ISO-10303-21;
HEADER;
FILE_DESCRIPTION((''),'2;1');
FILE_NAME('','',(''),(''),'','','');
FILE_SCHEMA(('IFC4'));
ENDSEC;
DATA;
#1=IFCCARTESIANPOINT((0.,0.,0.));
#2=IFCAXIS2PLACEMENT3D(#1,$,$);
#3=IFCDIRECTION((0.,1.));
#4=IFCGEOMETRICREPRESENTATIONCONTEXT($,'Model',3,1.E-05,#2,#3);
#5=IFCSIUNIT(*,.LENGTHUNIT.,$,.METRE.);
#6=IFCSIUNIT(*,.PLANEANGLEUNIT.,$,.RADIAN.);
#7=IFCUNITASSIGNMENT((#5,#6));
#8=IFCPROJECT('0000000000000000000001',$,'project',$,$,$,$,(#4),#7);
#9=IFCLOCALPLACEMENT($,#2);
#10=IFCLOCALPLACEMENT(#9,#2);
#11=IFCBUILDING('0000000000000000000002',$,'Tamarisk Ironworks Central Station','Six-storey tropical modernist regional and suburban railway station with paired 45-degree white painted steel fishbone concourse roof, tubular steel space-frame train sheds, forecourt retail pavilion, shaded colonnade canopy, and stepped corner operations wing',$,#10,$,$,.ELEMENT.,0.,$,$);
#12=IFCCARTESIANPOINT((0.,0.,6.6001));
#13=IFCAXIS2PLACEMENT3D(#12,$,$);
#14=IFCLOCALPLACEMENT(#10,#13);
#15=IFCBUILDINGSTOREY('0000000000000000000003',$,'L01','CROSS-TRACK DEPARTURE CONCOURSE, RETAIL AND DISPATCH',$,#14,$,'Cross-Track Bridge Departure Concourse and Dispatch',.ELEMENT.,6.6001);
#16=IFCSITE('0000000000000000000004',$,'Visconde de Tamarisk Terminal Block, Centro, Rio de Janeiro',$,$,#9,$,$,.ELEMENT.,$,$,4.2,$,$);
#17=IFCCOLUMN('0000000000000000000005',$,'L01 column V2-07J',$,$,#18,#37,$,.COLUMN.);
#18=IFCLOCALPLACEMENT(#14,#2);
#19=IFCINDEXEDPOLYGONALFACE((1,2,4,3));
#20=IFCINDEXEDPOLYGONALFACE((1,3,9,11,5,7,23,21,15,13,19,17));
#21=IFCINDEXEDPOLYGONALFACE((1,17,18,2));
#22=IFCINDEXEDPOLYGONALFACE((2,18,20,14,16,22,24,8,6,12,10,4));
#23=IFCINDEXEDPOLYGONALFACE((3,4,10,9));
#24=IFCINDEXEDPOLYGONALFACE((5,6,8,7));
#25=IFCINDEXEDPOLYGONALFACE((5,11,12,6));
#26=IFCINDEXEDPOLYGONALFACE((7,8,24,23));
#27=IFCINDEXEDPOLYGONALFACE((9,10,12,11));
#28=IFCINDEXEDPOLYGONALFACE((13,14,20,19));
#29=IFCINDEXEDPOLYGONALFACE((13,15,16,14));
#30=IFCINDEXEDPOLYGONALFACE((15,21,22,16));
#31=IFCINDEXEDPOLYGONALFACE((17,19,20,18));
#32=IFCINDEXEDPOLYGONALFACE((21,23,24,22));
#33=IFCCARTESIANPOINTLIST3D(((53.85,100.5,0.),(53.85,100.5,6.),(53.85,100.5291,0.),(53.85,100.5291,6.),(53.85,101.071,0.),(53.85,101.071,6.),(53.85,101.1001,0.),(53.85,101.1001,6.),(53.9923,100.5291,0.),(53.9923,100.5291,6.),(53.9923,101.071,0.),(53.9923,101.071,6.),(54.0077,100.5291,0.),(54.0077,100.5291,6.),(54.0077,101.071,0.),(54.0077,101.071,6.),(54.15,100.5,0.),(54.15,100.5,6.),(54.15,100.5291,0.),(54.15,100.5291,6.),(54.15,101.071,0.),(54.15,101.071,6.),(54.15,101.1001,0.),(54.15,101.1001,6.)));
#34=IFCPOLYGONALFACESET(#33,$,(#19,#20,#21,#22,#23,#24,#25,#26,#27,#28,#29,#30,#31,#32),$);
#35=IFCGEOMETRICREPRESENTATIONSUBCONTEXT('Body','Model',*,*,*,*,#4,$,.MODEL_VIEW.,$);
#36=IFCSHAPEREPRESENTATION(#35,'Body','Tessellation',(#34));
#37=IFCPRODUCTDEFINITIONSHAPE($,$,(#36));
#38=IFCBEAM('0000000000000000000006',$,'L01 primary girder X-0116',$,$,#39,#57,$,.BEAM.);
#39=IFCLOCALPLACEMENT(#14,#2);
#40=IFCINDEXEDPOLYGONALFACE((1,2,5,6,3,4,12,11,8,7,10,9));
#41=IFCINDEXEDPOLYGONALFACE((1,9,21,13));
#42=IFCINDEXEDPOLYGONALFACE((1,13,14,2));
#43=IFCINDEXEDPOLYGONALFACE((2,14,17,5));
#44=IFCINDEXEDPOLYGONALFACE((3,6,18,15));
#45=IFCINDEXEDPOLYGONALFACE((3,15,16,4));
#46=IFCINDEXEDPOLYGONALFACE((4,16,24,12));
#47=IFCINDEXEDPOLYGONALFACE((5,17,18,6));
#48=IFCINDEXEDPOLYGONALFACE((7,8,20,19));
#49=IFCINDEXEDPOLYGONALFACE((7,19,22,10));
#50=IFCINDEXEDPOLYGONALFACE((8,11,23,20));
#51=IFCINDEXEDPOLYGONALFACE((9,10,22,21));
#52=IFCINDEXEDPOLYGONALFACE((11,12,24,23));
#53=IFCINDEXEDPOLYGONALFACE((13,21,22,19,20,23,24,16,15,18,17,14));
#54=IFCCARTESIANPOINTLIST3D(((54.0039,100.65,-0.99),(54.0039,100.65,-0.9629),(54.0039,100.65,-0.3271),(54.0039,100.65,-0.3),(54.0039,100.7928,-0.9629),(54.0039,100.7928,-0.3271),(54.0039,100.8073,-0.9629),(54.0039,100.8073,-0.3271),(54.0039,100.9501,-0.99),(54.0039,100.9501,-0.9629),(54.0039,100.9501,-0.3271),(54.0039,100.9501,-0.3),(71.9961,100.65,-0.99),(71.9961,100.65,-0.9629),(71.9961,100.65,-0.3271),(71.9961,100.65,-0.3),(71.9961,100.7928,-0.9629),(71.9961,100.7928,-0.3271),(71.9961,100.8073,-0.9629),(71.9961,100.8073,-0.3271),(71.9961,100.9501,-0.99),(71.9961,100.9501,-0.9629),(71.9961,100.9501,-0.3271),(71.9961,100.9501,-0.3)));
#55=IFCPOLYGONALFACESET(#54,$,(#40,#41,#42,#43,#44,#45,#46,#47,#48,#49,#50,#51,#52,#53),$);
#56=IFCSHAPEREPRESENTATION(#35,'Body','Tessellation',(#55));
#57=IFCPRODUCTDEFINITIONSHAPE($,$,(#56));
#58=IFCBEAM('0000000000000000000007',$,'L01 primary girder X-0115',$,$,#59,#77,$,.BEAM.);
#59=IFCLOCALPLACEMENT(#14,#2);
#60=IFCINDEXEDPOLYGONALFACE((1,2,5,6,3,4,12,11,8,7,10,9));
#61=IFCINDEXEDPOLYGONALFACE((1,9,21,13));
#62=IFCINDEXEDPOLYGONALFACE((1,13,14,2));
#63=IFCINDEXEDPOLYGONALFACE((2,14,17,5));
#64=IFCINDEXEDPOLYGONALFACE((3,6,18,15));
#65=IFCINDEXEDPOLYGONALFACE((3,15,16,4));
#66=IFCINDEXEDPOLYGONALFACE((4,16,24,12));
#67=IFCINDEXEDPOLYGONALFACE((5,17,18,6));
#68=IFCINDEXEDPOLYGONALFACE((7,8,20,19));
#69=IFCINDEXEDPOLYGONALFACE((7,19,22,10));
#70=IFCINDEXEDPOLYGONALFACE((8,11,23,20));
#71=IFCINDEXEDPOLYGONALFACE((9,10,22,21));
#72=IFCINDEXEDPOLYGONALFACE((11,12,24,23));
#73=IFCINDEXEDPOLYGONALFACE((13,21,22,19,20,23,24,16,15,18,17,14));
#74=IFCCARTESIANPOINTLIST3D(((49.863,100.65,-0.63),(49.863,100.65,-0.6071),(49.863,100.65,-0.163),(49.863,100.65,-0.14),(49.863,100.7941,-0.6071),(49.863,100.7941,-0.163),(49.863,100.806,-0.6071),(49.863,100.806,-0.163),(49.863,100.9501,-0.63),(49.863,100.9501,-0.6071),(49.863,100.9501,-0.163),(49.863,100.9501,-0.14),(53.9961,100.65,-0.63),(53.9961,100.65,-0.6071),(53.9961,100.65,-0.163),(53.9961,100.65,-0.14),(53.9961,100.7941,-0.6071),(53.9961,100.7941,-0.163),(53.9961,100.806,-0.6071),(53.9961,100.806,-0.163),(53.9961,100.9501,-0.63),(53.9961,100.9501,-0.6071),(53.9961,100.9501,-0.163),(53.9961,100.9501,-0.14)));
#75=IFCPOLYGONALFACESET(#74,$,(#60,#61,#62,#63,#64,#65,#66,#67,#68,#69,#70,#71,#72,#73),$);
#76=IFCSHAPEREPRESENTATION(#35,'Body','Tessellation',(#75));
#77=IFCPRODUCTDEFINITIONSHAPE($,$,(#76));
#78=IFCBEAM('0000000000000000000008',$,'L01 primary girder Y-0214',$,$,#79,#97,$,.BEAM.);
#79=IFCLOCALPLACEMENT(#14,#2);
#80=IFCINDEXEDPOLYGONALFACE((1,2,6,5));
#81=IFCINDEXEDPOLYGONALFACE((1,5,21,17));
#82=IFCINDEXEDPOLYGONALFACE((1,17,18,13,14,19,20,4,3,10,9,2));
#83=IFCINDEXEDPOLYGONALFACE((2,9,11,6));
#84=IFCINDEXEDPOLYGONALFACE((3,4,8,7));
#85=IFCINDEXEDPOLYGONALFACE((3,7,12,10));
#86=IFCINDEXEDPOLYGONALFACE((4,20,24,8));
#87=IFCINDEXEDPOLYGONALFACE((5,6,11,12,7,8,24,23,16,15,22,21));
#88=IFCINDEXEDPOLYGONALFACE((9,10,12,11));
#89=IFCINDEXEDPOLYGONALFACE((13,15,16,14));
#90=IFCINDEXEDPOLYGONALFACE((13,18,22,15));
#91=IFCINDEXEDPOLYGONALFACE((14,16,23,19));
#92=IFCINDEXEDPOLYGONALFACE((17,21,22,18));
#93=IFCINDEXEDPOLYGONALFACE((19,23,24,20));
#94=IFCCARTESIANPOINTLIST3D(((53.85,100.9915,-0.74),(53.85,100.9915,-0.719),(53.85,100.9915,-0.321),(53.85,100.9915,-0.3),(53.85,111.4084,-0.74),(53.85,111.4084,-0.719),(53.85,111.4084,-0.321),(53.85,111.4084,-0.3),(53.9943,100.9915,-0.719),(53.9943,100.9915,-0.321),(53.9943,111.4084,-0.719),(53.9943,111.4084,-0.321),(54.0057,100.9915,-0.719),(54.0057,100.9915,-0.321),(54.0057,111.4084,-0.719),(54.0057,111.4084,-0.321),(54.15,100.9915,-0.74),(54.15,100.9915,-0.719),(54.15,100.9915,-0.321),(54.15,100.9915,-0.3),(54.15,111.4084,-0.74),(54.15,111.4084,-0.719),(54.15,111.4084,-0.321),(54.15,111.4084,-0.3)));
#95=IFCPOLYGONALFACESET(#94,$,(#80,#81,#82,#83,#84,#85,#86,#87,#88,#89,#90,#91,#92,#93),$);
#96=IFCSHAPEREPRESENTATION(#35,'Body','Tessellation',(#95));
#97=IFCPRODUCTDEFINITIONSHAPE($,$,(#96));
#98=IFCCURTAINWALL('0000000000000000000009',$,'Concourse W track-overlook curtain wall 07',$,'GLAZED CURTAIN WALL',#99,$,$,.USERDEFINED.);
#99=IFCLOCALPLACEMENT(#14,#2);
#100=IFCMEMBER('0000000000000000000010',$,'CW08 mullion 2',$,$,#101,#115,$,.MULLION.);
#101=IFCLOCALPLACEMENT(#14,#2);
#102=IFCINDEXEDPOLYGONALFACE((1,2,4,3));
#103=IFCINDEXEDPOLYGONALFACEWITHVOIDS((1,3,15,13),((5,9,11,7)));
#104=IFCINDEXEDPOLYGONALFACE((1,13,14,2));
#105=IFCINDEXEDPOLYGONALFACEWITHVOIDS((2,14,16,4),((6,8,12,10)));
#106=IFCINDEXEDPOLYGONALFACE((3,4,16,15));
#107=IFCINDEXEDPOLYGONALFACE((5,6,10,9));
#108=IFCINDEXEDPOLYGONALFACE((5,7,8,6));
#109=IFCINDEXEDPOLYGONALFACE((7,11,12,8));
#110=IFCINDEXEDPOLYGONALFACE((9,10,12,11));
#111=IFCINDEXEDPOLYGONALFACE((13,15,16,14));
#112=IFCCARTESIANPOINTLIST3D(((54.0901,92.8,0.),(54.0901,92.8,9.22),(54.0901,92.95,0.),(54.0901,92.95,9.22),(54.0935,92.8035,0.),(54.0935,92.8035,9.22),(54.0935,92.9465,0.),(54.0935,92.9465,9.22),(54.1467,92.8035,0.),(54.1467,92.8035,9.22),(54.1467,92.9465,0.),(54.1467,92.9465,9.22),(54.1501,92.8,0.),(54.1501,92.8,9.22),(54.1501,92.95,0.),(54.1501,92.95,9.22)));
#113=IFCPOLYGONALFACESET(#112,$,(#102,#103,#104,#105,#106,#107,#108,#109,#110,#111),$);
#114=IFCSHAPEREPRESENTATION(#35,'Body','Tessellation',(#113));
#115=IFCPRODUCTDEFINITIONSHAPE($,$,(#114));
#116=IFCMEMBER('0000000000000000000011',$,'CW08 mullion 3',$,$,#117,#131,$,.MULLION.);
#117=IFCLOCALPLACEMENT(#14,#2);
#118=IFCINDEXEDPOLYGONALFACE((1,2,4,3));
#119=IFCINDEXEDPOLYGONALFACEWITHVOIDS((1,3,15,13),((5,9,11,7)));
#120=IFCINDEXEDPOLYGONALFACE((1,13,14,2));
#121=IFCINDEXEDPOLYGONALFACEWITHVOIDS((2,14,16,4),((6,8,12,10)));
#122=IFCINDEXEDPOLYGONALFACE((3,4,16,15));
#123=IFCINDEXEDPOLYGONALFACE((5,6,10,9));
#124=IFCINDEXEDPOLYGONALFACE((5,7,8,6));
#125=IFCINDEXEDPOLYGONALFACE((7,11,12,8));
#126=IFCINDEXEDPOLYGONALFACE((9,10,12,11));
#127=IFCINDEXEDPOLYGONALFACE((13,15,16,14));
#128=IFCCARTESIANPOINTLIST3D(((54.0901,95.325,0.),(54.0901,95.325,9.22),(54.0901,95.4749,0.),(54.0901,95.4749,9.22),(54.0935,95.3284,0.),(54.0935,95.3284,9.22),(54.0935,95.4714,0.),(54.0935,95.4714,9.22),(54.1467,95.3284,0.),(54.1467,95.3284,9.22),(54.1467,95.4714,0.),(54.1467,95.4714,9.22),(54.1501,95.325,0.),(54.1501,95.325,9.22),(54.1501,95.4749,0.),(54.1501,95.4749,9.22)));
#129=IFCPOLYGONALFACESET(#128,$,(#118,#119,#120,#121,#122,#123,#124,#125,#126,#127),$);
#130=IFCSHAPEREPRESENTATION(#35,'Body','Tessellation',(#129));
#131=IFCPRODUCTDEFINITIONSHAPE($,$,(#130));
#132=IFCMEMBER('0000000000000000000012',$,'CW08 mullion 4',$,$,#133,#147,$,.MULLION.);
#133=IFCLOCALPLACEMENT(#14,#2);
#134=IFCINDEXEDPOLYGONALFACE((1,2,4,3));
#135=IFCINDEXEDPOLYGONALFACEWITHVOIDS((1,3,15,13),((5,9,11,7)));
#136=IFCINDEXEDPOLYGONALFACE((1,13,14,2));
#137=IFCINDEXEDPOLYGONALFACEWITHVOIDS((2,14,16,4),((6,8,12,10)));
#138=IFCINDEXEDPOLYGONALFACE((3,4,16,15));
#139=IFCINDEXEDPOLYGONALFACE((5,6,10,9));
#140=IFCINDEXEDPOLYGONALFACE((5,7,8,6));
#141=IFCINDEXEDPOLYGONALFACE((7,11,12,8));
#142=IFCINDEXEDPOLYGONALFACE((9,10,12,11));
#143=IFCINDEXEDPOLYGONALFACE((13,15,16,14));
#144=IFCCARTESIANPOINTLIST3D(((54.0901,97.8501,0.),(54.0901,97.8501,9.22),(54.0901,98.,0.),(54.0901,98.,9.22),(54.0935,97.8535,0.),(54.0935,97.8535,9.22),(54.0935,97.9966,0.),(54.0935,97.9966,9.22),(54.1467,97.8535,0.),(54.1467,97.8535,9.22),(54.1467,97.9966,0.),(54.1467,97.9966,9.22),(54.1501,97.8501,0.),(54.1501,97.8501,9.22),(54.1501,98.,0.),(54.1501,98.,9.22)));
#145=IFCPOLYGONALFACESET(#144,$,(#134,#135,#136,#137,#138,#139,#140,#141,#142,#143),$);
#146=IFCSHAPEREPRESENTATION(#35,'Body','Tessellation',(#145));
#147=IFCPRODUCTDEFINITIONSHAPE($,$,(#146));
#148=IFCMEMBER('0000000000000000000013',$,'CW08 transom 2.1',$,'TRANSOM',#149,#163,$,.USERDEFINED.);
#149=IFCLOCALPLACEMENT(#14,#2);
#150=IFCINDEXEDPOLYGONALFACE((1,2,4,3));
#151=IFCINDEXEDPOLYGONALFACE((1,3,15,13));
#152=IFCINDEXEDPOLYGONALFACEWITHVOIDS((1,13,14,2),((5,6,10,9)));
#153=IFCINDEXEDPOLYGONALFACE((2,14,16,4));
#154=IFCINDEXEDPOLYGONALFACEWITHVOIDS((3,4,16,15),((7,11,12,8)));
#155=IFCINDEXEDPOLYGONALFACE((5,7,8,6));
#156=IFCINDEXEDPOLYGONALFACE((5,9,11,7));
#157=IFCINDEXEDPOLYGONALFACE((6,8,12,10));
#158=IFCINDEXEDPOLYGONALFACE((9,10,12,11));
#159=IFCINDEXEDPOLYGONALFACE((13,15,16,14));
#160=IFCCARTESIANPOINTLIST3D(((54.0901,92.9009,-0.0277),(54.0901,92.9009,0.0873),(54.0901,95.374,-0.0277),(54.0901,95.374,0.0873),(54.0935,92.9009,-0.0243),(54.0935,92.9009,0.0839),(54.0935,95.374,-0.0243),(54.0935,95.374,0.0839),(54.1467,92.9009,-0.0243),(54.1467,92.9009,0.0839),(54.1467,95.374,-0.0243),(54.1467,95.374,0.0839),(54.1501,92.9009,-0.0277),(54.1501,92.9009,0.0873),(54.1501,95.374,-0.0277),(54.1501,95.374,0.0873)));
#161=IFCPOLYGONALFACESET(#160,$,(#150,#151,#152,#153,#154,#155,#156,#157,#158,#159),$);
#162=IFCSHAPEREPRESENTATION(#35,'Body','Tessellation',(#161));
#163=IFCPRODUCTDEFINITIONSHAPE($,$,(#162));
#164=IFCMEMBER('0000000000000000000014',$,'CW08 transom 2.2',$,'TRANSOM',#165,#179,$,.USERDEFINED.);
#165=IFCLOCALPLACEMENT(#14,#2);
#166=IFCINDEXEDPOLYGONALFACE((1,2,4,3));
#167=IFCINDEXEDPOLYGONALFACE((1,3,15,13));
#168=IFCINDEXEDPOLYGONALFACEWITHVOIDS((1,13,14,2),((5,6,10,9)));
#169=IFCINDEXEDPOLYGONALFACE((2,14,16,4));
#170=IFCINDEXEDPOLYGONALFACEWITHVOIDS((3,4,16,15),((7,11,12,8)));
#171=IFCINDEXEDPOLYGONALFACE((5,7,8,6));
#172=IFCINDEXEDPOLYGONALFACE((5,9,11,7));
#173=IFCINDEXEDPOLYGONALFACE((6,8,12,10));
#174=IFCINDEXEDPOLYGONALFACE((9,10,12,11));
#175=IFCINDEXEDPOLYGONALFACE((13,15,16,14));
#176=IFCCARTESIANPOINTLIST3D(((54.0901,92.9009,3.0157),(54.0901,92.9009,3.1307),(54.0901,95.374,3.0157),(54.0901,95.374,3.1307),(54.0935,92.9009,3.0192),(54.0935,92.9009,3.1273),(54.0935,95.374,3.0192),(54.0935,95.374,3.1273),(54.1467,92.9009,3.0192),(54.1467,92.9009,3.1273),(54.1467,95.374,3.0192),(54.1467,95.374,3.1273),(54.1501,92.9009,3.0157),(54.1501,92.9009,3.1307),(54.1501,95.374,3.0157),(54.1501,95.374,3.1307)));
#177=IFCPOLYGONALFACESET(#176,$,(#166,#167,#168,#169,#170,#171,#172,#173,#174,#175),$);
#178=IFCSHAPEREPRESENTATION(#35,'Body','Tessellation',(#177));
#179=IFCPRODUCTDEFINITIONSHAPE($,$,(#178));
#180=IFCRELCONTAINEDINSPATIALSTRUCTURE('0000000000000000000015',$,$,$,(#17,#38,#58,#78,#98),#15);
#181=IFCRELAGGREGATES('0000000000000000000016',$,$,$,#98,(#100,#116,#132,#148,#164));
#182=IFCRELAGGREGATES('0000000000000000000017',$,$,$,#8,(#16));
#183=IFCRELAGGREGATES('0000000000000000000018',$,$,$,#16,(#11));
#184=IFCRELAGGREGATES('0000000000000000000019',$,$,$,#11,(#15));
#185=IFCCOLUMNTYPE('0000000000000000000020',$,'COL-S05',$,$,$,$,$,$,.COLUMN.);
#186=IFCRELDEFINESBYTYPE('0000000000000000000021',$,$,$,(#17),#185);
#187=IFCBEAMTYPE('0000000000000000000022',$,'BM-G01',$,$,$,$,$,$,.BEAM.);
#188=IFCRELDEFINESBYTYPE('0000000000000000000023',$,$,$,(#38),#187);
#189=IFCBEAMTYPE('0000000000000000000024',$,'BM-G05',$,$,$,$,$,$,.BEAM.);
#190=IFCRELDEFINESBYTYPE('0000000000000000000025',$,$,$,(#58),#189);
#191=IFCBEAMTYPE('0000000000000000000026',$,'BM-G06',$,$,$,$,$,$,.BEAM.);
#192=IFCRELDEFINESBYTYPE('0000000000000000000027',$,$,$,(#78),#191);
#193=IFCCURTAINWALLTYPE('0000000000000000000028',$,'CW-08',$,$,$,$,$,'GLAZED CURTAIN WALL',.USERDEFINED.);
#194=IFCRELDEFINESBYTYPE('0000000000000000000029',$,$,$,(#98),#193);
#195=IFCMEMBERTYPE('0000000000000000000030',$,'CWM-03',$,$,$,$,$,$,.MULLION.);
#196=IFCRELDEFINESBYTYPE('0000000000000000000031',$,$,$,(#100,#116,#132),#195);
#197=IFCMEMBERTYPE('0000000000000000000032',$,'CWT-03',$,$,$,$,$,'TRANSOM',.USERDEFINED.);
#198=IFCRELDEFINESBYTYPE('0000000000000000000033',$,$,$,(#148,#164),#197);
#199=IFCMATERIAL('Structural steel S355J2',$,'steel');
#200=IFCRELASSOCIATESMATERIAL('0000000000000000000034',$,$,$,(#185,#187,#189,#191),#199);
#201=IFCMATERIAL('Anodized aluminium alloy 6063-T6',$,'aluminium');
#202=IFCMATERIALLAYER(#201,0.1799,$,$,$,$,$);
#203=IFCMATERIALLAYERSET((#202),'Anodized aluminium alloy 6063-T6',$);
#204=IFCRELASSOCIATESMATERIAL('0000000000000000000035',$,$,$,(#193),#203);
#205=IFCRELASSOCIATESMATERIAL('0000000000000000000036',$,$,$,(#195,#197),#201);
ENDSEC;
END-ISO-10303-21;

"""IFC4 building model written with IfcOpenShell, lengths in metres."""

from ifc_helpers import new_model, si_unit, direction, frame, origin, origin_2d, place, context, subcontext, project, spatial, hollow_rectangle, i_section, extrude, material, layer, layer_set, material_profile, profile_set, type_object, element, aggregate, save


model = new_model("IFC4")

# Units and contexts
model_context = context("Model", 3, precision=1e-05, world=origin(), true_north=direction((0.0, 1.0)))
body_context = subcontext(model_context, "Body", "Model", "MODEL_VIEW")
ifc_project = project(units=[si_unit("LENGTHUNIT", "METRE"), si_unit("PLANEANGLEUNIT", "RADIAN")], contexts=[model_context])

# Site, building, storey
site_placement = place(None, origin())
site = spatial("IfcSite", under=ifc_project, at=site_placement, Name="Visconde de Tamarisk Terminal Block, Centro, Rio de Janeiro", CompositionType="ELEMENT", RefElevation=4.2)
building_placement = place(site_placement, origin())
building = spatial("IfcBuilding", under=site, at=building_placement, Name="Tamarisk Ironworks Central Station", Description="Six-storey tropical modernist regional and suburban railway station with paired 45-degree white painted steel fishbone concourse roof, tubular steel space-frame train sheds, forecourt retail pavilion, shaded colonnade canopy, and stepped corner operations wing", CompositionType="ELEMENT", ElevationOfRefHeight=0.0)
storey_placement = place(building_placement, frame((0.0, 0.0, 6.6001)))
storey = spatial("IfcBuildingStorey", under=building, at=storey_placement, Name="L01", Description="CROSS-TRACK DEPARTURE CONCOURSE, RETAIL AND DISPATCH", LongName="Cross-Track Bridge Departure Concourse and Dispatch", CompositionType="ELEMENT", Elevation=6.6001)

# Column
ifc_material_1 = material(Name="Structural steel S355J2", Category="steel")
ifc_material_profile_1 = material_profile(ifc_material_1, i_section(OverallWidth=0.3, OverallDepth=0.6001, WebThickness=0.0154, FlangeThickness=0.0291, at=origin_2d()), Name="HEB 600")
ifc_profile_set_1 = profile_set([ifc_material_profile_1], Name="Structural steel S355J2")
column_type = type_object("IfcColumnType", Name="COL-S05", PredefinedType="COLUMN", material=ifc_profile_set_1)
column_placement = place(storey_placement, frame((54.0, 100.8, 0.0), z_axis=(0.0, 0.0, 1.0), x_axis=(1.0, 0.0, 0.0)))
element("IfcColumn", 1, at=column_placement, inside=storey, type_object=column_type, Name="L01 column V2-07J", PredefinedType="COLUMN", context=body_context, shape_type="SweptSolid", body=[
    extrude(i_section(OverallWidth=0.3, OverallDepth=0.6001, WebThickness=0.0154, FlangeThickness=0.0291, at=origin_2d()), origin(), (0.0, 0.0, 1.0), 6.0),
])

# Beams
ifc_material_profile_2 = material_profile(ifc_material_1, i_section(OverallWidth=0.3, OverallDepth=0.6899, WebThickness=0.0144, FlangeThickness=0.0271, at=origin_2d()), Name="HEA 700")
ifc_profile_set_2 = profile_set([ifc_material_profile_2], Name="Structural steel S355J2")
beam_type_1 = type_object("IfcBeamType", Name="BM-G01", PredefinedType="BEAM", material=ifc_profile_set_2)
beam_1_placement = place(storey_placement, frame((54.0039, 100.8, -0.645), z_axis=(1.0, 0.0, 0.0), x_axis=(0.0, 1.0, 0.0)))
element("IfcBeam", 2, at=beam_1_placement, inside=storey, type_object=beam_type_1, Name="L01 primary girder X-0116", PredefinedType="BEAM", context=body_context, shape_type="SweptSolid", body=[
    extrude(i_section(OverallWidth=0.3, OverallDepth=0.6899, WebThickness=0.0144, FlangeThickness=0.0271, at=origin_2d()), origin(), (0.0, 0.0, 1.0), 17.9922),
])
ifc_material_profile_3 = material_profile(ifc_material_1, i_section(OverallWidth=0.3, OverallDepth=0.49, WebThickness=0.012, FlangeThickness=0.0229, at=origin_2d()), Name="HEA 500")
ifc_profile_set_3 = profile_set([ifc_material_profile_3], Name="Structural steel S355J2")
beam_type_2 = type_object("IfcBeamType", Name="BM-G05", PredefinedType="BEAM", material=ifc_profile_set_3)
beam_2_placement = place(storey_placement, frame((49.863, 100.8, -0.385), z_axis=(1.0, 0.0, 0.0), x_axis=(0.0, 1.0, 0.0)))
element("IfcBeam", 3, at=beam_2_placement, inside=storey, type_object=beam_type_2, Name="L01 primary girder X-0115", PredefinedType="BEAM", context=body_context, shape_type="SweptSolid", body=[
    extrude(i_section(OverallWidth=0.3, OverallDepth=0.49, WebThickness=0.012, FlangeThickness=0.0229, at=origin_2d()), origin(), (0.0, 0.0, 1.0), 4.1331),
])
ifc_material_profile_4 = material_profile(ifc_material_1, i_section(OverallWidth=0.3, OverallDepth=0.4399, WebThickness=0.0115, FlangeThickness=0.021, at=origin_2d()), Name="HEA 450")
ifc_profile_set_4 = profile_set([ifc_material_profile_4], Name="Structural steel S355J2")
beam_type_3 = type_object("IfcBeamType", Name="BM-G06", PredefinedType="BEAM", material=ifc_profile_set_4)
beam_3_placement = place(storey_placement, frame((54.0, 100.9915, -0.52), z_axis=(0.0, 1.0, 0.0), x_axis=(-1.0, 0.0, 0.0)))
element("IfcBeam", 4, at=beam_3_placement, inside=storey, type_object=beam_type_3, Name="L01 primary girder Y-0214", PredefinedType="BEAM", context=body_context, shape_type="SweptSolid", body=[
    extrude(i_section(OverallWidth=0.3, OverallDepth=0.4399, WebThickness=0.0115, FlangeThickness=0.021, at=origin_2d()), origin(), (0.0, 0.0, 1.0), 10.417),
])

# Curtain wall, members
ifc_material_2 = material(Name="Anodized aluminium alloy 6063-T6", Category="aluminium")
ifc_layer_1 = layer(ifc_material_2, 0.1799)
ifc_layer_set_1 = layer_set([ifc_layer_1], Name="Anodized aluminium alloy 6063-T6")
curtain_wall_type = type_object("IfcCurtainWallType", Name="CW-08", ElementType="GLAZED CURTAIN WALL", PredefinedType="USERDEFINED", material=ifc_layer_set_1)
curtain_wall_placement = place(storey_placement, origin())
curtain_wall = element("IfcCurtainWall", 5, at=curtain_wall_placement, inside=storey, type_object=curtain_wall_type, Name="Concourse W track-overlook curtain wall 07", ObjectType="GLAZED CURTAIN WALL", PredefinedType="USERDEFINED")
ifc_material_profile_5 = material_profile(ifc_material_2, hollow_rectangle(XDim=0.0601, YDim=0.1499, WallThickness=0.0034, at=origin_2d()), Name="ALUM 150x60")
ifc_profile_set_5 = profile_set([ifc_material_profile_5], Name="Anodized aluminium alloy 6063-T6")
member_type_1 = type_object("IfcMemberType", Name="CWM-03", PredefinedType="MULLION", material=ifc_profile_set_5)
member_1_placement = place(storey_placement, frame((54.1201, 92.875, 0.0), z_axis=(0.0, 0.0, 1.0), x_axis=(-1.0, 0.0, 0.0)))
member_1 = element("IfcMember", 6, at=member_1_placement, type_object=member_type_1, Name="CW08 mullion 2", PredefinedType="MULLION", context=body_context, shape_type="SweptSolid", body=[
    extrude(hollow_rectangle(XDim=0.0601, YDim=0.1499, WallThickness=0.0034, at=origin_2d()), origin(), (0.0, 0.0, 1.0), 9.22),
])
member_2_placement = place(storey_placement, frame((54.1201, 95.3999, 0.0), z_axis=(0.0, 0.0, 1.0), x_axis=(-1.0, 0.0, 0.0)))
member_2 = element("IfcMember", 7, at=member_2_placement, type_object=member_type_1, Name="CW08 mullion 3", PredefinedType="MULLION", context=body_context, shape_type="SweptSolid", body=[
    extrude(hollow_rectangle(XDim=0.0601, YDim=0.1499, WallThickness=0.0034, at=origin_2d()), origin(), (0.0, 0.0, 1.0), 9.22),
])
member_3_placement = place(storey_placement, frame((54.1201, 97.925, 0.0), z_axis=(0.0, 0.0, 1.0), x_axis=(-1.0, 0.0, 0.0)))
member_3 = element("IfcMember", 8, at=member_3_placement, type_object=member_type_1, Name="CW08 mullion 4", PredefinedType="MULLION", context=body_context, shape_type="SweptSolid", body=[
    extrude(hollow_rectangle(XDim=0.0601, YDim=0.1499, WallThickness=0.0034, at=origin_2d()), origin(), (0.0, 0.0, 1.0), 9.22),
])
ifc_material_profile_6 = material_profile(ifc_material_2, hollow_rectangle(XDim=0.0601, YDim=0.115, WallThickness=0.0034, at=origin_2d()), Name="ALUM 115x60")
ifc_profile_set_6 = profile_set([ifc_material_profile_6], Name="Anodized aluminium alloy 6063-T6")
member_type_2 = type_object("IfcMemberType", Name="CWT-03", ElementType="TRANSOM", PredefinedType="USERDEFINED", material=ifc_profile_set_6)
member_4_placement = place(storey_placement, frame((54.1201, 92.9009, 0.0298), z_axis=(0.0, 1.0, 0.0), x_axis=(-1.0, 0.0, 0.0)))
member_4 = element("IfcMember", 9, at=member_4_placement, type_object=member_type_2, Name="CW08 transom 2.1", ObjectType="TRANSOM", PredefinedType="USERDEFINED", context=body_context, shape_type="SweptSolid", body=[
    extrude(hollow_rectangle(XDim=0.0601, YDim=0.115, WallThickness=0.0034, at=origin_2d()), origin(), (0.0, 0.0, 1.0), 2.4731),
])
member_5_placement = place(storey_placement, frame((54.1201, 92.9009, 3.0732), z_axis=(0.0, 1.0, 0.0), x_axis=(-1.0, 0.0, 0.0)))
member_5 = element("IfcMember", 10, at=member_5_placement, type_object=member_type_2, Name="CW08 transom 2.2", ObjectType="TRANSOM", PredefinedType="USERDEFINED", context=body_context, shape_type="SweptSolid", body=[
    extrude(hollow_rectangle(XDim=0.0601, YDim=0.115, WallThickness=0.0034, at=origin_2d()), origin(), (0.0, 0.0, 1.0), 2.4731),
])
aggregate(curtain_wall, [member_1, member_2, member_3, member_4, member_5])

save(model, "model.ifc")
